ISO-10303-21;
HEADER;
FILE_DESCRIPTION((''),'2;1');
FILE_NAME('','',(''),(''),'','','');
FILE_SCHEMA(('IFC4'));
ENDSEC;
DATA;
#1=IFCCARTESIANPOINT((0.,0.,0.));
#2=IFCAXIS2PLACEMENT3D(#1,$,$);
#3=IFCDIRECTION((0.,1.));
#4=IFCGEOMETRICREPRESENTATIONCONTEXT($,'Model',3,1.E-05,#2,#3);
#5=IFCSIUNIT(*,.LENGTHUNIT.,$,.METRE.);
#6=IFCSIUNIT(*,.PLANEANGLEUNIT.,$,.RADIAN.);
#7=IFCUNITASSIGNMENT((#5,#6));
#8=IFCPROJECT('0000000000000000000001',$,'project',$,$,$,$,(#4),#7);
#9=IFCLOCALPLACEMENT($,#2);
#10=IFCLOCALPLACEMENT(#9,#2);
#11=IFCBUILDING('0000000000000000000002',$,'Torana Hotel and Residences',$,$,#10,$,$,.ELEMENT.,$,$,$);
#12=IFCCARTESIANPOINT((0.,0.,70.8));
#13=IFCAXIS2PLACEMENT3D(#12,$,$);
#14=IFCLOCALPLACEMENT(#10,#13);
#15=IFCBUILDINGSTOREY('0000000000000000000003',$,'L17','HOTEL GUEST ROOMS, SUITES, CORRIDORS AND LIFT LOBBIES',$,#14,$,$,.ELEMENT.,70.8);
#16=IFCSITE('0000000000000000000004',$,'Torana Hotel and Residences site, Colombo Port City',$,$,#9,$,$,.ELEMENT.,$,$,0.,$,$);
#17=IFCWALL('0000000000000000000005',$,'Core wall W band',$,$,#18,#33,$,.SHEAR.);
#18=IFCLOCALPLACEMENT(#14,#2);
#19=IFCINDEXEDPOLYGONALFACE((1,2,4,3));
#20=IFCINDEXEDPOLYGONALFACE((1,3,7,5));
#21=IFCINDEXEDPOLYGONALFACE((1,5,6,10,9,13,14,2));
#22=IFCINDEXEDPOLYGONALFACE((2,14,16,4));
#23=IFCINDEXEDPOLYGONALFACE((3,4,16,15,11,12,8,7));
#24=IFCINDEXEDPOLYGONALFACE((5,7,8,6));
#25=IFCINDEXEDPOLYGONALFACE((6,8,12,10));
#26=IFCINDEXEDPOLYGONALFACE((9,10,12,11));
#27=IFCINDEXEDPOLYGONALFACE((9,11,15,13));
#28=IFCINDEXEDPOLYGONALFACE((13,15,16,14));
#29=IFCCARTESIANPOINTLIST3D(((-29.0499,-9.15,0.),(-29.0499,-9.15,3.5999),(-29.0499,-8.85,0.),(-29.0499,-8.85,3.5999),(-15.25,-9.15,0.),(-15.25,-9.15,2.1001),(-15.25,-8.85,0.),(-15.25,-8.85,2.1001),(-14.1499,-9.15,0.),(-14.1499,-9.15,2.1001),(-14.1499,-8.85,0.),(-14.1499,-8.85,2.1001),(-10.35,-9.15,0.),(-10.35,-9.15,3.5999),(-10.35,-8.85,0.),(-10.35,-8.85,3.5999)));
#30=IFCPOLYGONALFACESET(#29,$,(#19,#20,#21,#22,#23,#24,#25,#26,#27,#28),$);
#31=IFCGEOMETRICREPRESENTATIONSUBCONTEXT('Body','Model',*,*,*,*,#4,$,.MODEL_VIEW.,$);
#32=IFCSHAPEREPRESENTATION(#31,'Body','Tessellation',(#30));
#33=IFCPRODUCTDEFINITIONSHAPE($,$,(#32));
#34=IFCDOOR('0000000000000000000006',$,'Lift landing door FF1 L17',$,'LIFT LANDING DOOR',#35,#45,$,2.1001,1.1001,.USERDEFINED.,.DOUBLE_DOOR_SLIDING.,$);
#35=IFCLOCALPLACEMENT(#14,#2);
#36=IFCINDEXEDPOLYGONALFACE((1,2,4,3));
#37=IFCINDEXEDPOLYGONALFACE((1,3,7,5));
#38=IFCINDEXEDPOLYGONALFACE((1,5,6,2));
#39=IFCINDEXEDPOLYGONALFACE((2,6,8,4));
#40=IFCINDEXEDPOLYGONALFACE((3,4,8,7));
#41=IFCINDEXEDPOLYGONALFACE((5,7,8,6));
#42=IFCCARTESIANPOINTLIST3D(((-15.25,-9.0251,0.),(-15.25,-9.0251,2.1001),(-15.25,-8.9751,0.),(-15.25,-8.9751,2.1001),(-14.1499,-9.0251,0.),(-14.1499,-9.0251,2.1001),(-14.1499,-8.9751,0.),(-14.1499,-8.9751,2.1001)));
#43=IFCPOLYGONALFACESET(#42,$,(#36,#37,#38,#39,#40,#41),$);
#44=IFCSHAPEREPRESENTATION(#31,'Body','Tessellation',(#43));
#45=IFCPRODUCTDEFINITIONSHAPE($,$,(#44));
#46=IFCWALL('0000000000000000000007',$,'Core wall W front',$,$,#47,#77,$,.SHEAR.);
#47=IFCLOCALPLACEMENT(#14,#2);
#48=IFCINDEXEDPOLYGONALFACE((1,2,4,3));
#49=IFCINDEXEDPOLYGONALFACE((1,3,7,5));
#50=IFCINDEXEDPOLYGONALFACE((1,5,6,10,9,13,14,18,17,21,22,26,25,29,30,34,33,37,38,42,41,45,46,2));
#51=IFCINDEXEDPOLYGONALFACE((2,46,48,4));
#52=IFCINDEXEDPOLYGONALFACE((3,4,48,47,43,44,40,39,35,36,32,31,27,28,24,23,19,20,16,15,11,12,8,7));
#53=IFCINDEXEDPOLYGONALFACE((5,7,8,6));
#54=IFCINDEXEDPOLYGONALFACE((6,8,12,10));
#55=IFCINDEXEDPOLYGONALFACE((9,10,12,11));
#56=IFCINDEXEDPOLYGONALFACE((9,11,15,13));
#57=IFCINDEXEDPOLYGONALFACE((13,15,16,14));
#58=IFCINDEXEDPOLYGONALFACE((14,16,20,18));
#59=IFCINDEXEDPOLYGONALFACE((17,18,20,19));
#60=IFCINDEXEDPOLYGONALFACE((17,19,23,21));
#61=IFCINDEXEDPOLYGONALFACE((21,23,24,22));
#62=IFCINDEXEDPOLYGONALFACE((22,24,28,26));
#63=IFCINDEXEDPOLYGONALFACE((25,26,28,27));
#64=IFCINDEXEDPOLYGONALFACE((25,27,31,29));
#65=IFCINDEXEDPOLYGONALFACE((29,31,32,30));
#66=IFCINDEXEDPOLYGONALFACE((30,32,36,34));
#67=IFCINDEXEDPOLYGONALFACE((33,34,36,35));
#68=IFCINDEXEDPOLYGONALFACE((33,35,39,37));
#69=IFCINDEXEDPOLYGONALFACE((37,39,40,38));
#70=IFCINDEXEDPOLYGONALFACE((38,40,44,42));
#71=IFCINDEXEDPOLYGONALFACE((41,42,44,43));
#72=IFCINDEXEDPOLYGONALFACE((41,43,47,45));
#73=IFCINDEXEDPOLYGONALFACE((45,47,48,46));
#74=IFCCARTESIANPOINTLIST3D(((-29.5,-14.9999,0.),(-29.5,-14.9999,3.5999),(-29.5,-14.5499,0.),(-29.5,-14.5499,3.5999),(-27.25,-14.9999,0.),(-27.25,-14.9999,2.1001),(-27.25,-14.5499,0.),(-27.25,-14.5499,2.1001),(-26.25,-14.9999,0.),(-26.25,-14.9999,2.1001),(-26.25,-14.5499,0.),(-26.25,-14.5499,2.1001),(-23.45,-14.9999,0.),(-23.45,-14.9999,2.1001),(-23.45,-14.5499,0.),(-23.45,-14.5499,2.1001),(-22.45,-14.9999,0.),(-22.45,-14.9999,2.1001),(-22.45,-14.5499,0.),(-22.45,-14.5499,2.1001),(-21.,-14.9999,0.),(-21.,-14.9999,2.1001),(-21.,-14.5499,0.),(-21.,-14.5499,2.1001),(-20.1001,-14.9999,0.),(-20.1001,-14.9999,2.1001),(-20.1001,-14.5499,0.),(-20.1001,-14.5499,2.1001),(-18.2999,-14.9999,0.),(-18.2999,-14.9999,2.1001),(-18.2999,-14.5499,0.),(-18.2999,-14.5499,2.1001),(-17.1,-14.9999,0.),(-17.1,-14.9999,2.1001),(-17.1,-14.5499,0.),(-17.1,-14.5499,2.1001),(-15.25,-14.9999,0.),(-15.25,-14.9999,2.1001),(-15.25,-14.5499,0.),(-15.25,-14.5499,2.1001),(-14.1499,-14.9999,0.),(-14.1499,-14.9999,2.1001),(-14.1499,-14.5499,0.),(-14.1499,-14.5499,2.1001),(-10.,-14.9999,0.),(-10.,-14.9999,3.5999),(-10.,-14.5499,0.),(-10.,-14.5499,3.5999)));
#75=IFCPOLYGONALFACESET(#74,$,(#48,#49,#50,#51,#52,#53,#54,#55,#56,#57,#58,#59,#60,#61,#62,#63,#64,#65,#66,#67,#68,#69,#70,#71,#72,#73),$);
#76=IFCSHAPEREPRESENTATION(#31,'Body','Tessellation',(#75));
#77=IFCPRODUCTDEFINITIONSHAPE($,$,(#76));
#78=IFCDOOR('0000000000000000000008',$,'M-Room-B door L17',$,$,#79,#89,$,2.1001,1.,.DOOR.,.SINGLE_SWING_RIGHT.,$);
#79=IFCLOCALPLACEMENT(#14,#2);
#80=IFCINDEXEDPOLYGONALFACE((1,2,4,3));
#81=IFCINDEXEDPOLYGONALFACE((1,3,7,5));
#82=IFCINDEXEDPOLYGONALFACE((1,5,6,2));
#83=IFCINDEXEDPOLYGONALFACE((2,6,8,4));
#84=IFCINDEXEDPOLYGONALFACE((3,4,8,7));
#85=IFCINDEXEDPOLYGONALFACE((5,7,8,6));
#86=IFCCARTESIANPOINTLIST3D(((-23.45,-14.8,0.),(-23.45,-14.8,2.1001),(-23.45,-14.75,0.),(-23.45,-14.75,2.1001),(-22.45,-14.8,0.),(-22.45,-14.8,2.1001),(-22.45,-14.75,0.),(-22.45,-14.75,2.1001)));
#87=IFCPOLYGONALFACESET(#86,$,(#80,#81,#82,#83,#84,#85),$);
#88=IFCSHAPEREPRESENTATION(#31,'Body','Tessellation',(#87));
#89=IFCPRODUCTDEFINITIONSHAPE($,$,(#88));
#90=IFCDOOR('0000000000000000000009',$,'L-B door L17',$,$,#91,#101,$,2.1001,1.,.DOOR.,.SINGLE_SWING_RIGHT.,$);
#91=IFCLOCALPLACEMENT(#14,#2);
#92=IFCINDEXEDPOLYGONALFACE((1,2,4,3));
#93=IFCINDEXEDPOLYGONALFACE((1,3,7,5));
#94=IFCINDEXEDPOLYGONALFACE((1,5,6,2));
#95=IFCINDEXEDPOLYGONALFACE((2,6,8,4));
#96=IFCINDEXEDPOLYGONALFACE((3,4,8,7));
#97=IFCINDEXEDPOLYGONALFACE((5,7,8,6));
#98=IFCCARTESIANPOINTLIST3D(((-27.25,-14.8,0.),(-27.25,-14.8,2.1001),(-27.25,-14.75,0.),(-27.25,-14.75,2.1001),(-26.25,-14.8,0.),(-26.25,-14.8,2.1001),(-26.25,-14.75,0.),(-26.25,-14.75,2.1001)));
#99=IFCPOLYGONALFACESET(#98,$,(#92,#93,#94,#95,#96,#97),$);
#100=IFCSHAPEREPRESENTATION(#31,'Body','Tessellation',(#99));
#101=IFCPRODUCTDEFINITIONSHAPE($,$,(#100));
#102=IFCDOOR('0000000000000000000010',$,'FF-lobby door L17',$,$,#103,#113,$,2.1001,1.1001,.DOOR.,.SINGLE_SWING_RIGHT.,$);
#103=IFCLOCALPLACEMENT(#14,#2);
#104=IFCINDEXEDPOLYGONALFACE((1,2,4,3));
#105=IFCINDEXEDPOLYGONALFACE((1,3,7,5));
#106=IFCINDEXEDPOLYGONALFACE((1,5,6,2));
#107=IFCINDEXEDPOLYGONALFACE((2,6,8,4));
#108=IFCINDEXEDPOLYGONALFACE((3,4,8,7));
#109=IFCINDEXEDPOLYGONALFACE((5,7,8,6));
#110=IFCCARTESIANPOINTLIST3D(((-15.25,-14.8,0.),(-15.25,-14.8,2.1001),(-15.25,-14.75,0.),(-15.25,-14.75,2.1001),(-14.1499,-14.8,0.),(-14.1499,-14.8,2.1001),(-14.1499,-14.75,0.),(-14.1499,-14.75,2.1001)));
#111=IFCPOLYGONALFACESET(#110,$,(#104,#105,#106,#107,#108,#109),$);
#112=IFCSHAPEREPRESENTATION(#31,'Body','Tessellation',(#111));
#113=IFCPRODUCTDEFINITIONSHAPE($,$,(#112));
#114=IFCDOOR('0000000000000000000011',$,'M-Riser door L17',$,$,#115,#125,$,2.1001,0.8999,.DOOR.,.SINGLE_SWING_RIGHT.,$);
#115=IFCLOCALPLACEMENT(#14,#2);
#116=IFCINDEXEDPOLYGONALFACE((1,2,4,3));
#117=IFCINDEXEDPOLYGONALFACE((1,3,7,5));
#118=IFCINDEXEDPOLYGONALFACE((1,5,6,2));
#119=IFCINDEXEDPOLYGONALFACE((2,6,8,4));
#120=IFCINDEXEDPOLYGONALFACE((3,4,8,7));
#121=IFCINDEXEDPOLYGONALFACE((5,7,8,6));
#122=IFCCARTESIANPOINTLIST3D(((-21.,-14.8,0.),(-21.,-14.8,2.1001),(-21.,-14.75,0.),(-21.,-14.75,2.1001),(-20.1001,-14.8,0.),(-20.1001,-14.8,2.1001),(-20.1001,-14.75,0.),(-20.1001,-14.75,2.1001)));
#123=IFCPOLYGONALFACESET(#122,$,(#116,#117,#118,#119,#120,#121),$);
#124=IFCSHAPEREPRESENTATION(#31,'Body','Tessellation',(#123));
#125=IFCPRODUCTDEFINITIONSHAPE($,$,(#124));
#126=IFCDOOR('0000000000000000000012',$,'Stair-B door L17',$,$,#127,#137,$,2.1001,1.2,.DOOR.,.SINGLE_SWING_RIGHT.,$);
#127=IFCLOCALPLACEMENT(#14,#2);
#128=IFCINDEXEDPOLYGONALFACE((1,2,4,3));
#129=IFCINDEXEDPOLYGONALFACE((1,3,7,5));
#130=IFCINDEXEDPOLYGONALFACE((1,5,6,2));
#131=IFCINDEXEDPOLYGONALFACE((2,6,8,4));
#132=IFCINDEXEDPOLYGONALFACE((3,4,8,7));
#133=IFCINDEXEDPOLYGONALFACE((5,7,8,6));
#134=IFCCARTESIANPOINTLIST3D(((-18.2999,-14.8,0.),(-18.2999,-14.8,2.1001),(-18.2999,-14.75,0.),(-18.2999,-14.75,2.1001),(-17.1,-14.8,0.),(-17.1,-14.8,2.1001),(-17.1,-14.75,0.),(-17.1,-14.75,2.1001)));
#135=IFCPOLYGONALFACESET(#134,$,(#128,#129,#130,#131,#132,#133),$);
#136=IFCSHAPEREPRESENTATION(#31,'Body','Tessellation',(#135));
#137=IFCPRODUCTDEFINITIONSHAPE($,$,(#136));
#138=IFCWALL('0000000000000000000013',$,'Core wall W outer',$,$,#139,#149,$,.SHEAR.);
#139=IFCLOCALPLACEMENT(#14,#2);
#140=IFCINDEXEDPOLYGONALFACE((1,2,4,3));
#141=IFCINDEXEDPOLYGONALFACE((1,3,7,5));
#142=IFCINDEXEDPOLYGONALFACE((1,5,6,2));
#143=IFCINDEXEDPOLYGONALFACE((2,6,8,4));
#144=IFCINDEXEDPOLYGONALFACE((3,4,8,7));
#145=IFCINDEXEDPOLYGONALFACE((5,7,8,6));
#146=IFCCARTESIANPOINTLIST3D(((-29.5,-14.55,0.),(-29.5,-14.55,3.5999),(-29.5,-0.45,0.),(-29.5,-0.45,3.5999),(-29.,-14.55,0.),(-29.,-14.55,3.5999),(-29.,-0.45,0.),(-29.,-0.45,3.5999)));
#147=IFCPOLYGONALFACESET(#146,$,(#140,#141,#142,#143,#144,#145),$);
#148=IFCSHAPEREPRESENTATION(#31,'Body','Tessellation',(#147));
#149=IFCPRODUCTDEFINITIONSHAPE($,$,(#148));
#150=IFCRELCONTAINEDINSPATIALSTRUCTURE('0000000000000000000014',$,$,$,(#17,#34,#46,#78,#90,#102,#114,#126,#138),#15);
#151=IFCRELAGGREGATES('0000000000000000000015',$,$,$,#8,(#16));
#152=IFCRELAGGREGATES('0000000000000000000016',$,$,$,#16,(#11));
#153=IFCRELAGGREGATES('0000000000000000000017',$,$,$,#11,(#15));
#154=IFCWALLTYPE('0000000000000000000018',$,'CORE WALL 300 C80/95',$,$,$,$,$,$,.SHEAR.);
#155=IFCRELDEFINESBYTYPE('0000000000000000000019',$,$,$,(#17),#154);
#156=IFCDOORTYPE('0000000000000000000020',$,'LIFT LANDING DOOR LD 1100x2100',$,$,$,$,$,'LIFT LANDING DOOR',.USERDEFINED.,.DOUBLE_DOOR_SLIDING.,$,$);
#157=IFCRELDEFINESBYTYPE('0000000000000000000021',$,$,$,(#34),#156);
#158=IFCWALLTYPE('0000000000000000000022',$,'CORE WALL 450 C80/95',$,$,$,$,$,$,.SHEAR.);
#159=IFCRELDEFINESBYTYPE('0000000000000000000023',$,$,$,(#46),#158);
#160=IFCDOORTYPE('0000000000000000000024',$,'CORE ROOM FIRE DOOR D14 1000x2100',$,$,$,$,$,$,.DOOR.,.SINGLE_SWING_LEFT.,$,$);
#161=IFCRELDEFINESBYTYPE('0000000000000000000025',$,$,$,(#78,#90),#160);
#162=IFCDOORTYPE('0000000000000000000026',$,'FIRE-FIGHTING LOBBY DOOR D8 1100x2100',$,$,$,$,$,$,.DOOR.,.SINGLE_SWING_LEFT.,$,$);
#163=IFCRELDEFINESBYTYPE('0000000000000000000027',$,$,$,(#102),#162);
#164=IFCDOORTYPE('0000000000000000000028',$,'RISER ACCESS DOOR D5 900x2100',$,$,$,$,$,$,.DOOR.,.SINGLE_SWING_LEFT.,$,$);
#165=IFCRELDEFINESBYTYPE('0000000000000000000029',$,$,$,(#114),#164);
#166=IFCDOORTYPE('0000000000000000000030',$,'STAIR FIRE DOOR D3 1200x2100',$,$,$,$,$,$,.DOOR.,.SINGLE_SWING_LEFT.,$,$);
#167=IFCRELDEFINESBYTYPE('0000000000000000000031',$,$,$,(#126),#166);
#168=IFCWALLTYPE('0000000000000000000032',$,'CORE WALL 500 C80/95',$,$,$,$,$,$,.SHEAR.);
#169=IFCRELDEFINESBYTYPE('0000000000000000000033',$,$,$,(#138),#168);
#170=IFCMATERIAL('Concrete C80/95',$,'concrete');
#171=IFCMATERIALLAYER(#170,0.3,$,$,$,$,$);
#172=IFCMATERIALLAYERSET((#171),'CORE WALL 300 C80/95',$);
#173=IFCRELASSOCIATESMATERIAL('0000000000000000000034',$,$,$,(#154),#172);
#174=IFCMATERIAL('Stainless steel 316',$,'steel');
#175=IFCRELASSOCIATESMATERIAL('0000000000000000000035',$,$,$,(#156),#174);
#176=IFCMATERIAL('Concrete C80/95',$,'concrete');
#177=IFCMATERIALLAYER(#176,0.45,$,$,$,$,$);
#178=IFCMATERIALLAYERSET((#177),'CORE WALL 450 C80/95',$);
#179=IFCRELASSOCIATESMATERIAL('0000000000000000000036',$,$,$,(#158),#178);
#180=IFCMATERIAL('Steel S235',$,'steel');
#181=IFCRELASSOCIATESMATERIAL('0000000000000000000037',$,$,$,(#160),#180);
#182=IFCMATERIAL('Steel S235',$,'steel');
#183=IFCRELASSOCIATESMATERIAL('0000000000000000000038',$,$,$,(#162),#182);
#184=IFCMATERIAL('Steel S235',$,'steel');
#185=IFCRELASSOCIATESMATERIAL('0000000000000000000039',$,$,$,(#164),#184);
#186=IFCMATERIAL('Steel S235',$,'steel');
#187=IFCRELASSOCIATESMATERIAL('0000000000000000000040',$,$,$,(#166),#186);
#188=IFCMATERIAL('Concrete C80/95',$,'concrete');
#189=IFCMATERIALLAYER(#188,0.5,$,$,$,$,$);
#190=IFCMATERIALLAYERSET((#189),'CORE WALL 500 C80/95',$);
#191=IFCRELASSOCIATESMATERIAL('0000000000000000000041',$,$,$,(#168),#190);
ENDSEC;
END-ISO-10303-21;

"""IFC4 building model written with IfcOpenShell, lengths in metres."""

from ifc_helpers import new_model, si_unit, direction, frame, frame_2d, origin, place, context, subcontext, project, spatial, rectangle, extrude, material, layer, layer_set, type_object, element, fill, save


model = new_model("IFC4")

# Units and contexts
model_context = context("Model", 3, precision=1e-05, world=origin(), true_north=direction((0.0, 1.0)))
body_context = subcontext(model_context, "Body", "Model", "MODEL_VIEW")
ifc_project = project(units=[si_unit("LENGTHUNIT", "METRE"), si_unit("PLANEANGLEUNIT", "RADIAN")], contexts=[model_context])

# Site, building, storey
site_placement = place(None, origin())
site = spatial("IfcSite", under=ifc_project, at=site_placement, Name="Torana Hotel and Residences site, Colombo Port City", CompositionType="ELEMENT", RefElevation=0.0)
building_placement = place(site_placement, origin())
building = spatial("IfcBuilding", under=site, at=building_placement, Name="Torana Hotel and Residences", CompositionType="ELEMENT")
storey_placement = place(building_placement, frame((0.0, 0.0, 70.8)))
storey = spatial("IfcBuildingStorey", under=building, at=storey_placement, Name="L17", Description="HOTEL GUEST ROOMS, SUITES, CORRIDORS AND LIFT LOBBIES", CompositionType="ELEMENT", Elevation=70.8)

# Wall, opening, door
ifc_material_1 = material(Name="Concrete C80/95", Category="concrete")
ifc_layer_1 = layer(ifc_material_1, 0.3)
ifc_layer_set_1 = layer_set([ifc_layer_1], Name="CORE WALL 300 C80/95")
wall_type_1 = type_object("IfcWallType", Name="CORE WALL 300 C80/95", PredefinedType="SHEAR", material=ifc_layer_set_1)
wall_1_placement = place(storey_placement, frame((-29.05, -9.0, 0.0), z_axis=(0.0, 0.0, 1.0), x_axis=(1.0, 0.0, 0.0)))
wall_1 = element("IfcWall", 1, at=wall_1_placement, inside=storey, type_object=wall_type_1, Name="Core wall W band", PredefinedType="SHEAR", context=body_context, shape_type="SweptSolid", body=[
    extrude(rectangle(XDim=18.7, YDim=0.3, at=frame_2d((9.3501, 0.0))), origin(), (0.0, 0.0, 1.0), 3.5999),
])
opening_1_placement = place(wall_1_placement, frame((13.8, 0.0, 0.0)))
opening_1 = element("IfcOpeningElement", 2, at=opening_1_placement, cuts=wall_1, PredefinedType="OPENING", context=body_context, shape_type="SweptSolid", body=[
    extrude(rectangle(XDim=1.1001, YDim=2.1001, at=frame_2d((0.55, 1.05))), frame((0.0, 0.1599, 0.0), z_axis=(0.0, -1.0, 0.0), x_axis=(1.0, 0.0, 0.0)), (0.0, 0.0, 1.0), 0.3201),
])
ifc_material_2 = material(Name="Stainless steel 316", Category="steel")
door_type_1 = type_object("IfcDoorType", Name="LIFT LANDING DOOR LD 1100x2100", ElementType="LIFT LANDING DOOR", OperationType="DOUBLE_DOOR_SLIDING", PredefinedType="USERDEFINED", material=ifc_material_2)
door_1_placement = place(opening_1_placement, origin())
door_1 = element("IfcDoor", 3, at=door_1_placement, inside=storey, type_object=door_type_1, Name="Lift landing door FF1 L17", ObjectType="LIFT LANDING DOOR", OperationType="DOUBLE_DOOR_SLIDING", OverallHeight=2.1001, OverallWidth=1.1001, PredefinedType="USERDEFINED", context=body_context, shape_type="SweptSolid", body=[
    extrude(rectangle(XDim=1.1001, YDim=2.1001, at=frame_2d((0.55, 1.05))), frame((0.0, 0.0249, 0.0), z_axis=(0.0, -1.0, 0.0), x_axis=(1.0, 0.0, 0.0)), (0.0, 0.0, 1.0), 0.05),
])
fill(opening_1, door_1)

# Wall, openings, doors
ifc_material_3 = material(Name="Concrete C80/95", Category="concrete")
ifc_layer_2 = layer(ifc_material_3, 0.45)
ifc_layer_set_2 = layer_set([ifc_layer_2], Name="CORE WALL 450 C80/95")
wall_type_2 = type_object("IfcWallType", Name="CORE WALL 450 C80/95", PredefinedType="SHEAR", material=ifc_layer_set_2)
wall_2_placement = place(storey_placement, frame((-29.5, -14.7749, 0.0), z_axis=(0.0, 0.0, 1.0), x_axis=(1.0, 0.0, 0.0)))
wall_2 = element("IfcWall", 4, at=wall_2_placement, inside=storey, type_object=wall_type_2, Name="Core wall W front", PredefinedType="SHEAR", context=body_context, shape_type="SweptSolid", body=[
    extrude(rectangle(XDim=19.5, YDim=0.45, at=frame_2d((9.75, 0.0))), origin(), (0.0, 0.0, 1.0), 3.5999),
])
opening_2_placement = place(wall_2_placement, frame((11.2, 0.0, 0.0)))
opening_2 = element("IfcOpeningElement", 5, at=opening_2_placement, cuts=wall_2, PredefinedType="OPENING", context=body_context, shape_type="SweptSolid", body=[
    extrude(rectangle(XDim=1.2, YDim=2.1001, at=frame_2d((0.6001, 1.05))), frame((0.0, 0.2349, 0.0), z_axis=(0.0, -1.0, 0.0), x_axis=(1.0, 0.0, 0.0)), (0.0, 0.0, 1.0), 0.47),
])
opening_3_placement = place(wall_2_placement, frame((14.25, 0.0, 0.0)))
opening_3 = element("IfcOpeningElement", 6, at=opening_3_placement, cuts=wall_2, PredefinedType="OPENING", context=body_context, shape_type="SweptSolid", body=[
    extrude(rectangle(XDim=1.1001, YDim=2.1001, at=frame_2d((0.55, 1.05))), frame((0.0, 0.2349, 0.0), z_axis=(0.0, -1.0, 0.0), x_axis=(1.0, 0.0, 0.0)), (0.0, 0.0, 1.0), 0.47),
])
opening_4_placement = place(wall_2_placement, frame((8.5, 0.0, 0.0)))
opening_4 = element("IfcOpeningElement", 7, at=opening_4_placement, cuts=wall_2, PredefinedType="OPENING", context=body_context, shape_type="SweptSolid", body=[
    extrude(rectangle(XDim=0.8999, YDim=2.1001, at=frame_2d((0.45, 1.05))), frame((0.0, 0.2349, 0.0), z_axis=(0.0, -1.0, 0.0), x_axis=(1.0, 0.0, 0.0)), (0.0, 0.0, 1.0), 0.47),
])
opening_5_placement = place(wall_2_placement, frame((6.05, 0.0, 0.0)))
opening_5 = element("IfcOpeningElement", 8, at=opening_5_placement, cuts=wall_2, PredefinedType="OPENING", context=body_context, shape_type="SweptSolid", body=[
    extrude(rectangle(XDim=1.0, YDim=2.1001, at=frame_2d((0.5, 1.05))), frame((0.0, 0.2349, 0.0), z_axis=(0.0, -1.0, 0.0), x_axis=(1.0, 0.0, 0.0)), (0.0, 0.0, 1.0), 0.47),
])
opening_6_placement = place(wall_2_placement, frame((2.25, 0.0, 0.0)))
opening_6 = element("IfcOpeningElement", 9, at=opening_6_placement, cuts=wall_2, PredefinedType="OPENING", context=body_context, shape_type="SweptSolid", body=[
    extrude(rectangle(XDim=1.0, YDim=2.1001, at=frame_2d((0.5, 1.05))), frame((0.0, 0.2349, 0.0), z_axis=(0.0, -1.0, 0.0), x_axis=(1.0, 0.0, 0.0)), (0.0, 0.0, 1.0), 0.47),
])
ifc_material_4 = material(Name="Steel S235", Category="steel")
door_type_2 = type_object("IfcDoorType", Name="CORE ROOM FIRE DOOR D14 1000x2100", OperationType="SINGLE_SWING_LEFT", PredefinedType="DOOR", material=ifc_material_4)
door_2_placement = place(opening_5_placement, origin())
door_2 = element("IfcDoor", 10, at=door_2_placement, inside=storey, type_object=door_type_2, Name="M-Room-B door L17", OperationType="SINGLE_SWING_RIGHT", OverallHeight=2.1001, OverallWidth=1.0, PredefinedType="DOOR", context=body_context, shape_type="SweptSolid", body=[
    extrude(rectangle(XDim=1.0, YDim=2.1001, at=frame_2d((0.5, 1.05))), frame((0.0, 0.0249, 0.0), z_axis=(0.0, -1.0, 0.0), x_axis=(1.0, 0.0, 0.0)), (0.0, 0.0, 1.0), 0.05),
])
fill(opening_5, door_2)
door_3_placement = place(opening_6_placement, origin())
door_3 = element("IfcDoor", 11, at=door_3_placement, inside=storey, type_object=door_type_2, Name="L-B door L17", OperationType="SINGLE_SWING_RIGHT", OverallHeight=2.1001, OverallWidth=1.0, PredefinedType="DOOR", context=body_context, shape_type="SweptSolid", body=[
    extrude(rectangle(XDim=1.0, YDim=2.1001, at=frame_2d((0.5, 1.05))), frame((0.0, 0.0249, 0.0), z_axis=(0.0, -1.0, 0.0), x_axis=(1.0, 0.0, 0.0)), (0.0, 0.0, 1.0), 0.05),
])
fill(opening_6, door_3)
ifc_material_5 = material(Name="Steel S235", Category="steel")
door_type_3 = type_object("IfcDoorType", Name="FIRE-FIGHTING LOBBY DOOR D8 1100x2100", OperationType="SINGLE_SWING_LEFT", PredefinedType="DOOR", material=ifc_material_5)
door_4_placement = place(opening_3_placement, origin())
door_4 = element("IfcDoor", 12, at=door_4_placement, inside=storey, type_object=door_type_3, Name="FF-lobby door L17", OperationType="SINGLE_SWING_RIGHT", OverallHeight=2.1001, OverallWidth=1.1001, PredefinedType="DOOR", context=body_context, shape_type="SweptSolid", body=[
    extrude(rectangle(XDim=1.1001, YDim=2.1001, at=frame_2d((0.55, 1.05))), frame((0.0, 0.0249, 0.0), z_axis=(0.0, -1.0, 0.0), x_axis=(1.0, 0.0, 0.0)), (0.0, 0.0, 1.0), 0.05),
])
fill(opening_3, door_4)
ifc_material_6 = material(Name="Steel S235", Category="steel")
door_type_4 = type_object("IfcDoorType", Name="RISER ACCESS DOOR D5 900x2100", OperationType="SINGLE_SWING_LEFT", PredefinedType="DOOR", material=ifc_material_6)
door_5_placement = place(opening_4_placement, origin())
door_5 = element("IfcDoor", 13, at=door_5_placement, inside=storey, type_object=door_type_4, Name="M-Riser door L17", OperationType="SINGLE_SWING_RIGHT", OverallHeight=2.1001, OverallWidth=0.8999, PredefinedType="DOOR", context=body_context, shape_type="SweptSolid", body=[
    extrude(rectangle(XDim=0.8999, YDim=2.1001, at=frame_2d((0.45, 1.05))), frame((0.0, 0.0249, 0.0), z_axis=(0.0, -1.0, 0.0), x_axis=(1.0, 0.0, 0.0)), (0.0, 0.0, 1.0), 0.05),
])
fill(opening_4, door_5)
ifc_material_7 = material(Name="Steel S235", Category="steel")
door_type_5 = type_object("IfcDoorType", Name="STAIR FIRE DOOR D3 1200x2100", OperationType="SINGLE_SWING_LEFT", PredefinedType="DOOR", material=ifc_material_7)
door_6_placement = place(opening_2_placement, origin())
door_6 = element("IfcDoor", 14, at=door_6_placement, inside=storey, type_object=door_type_5, Name="Stair-B door L17", OperationType="SINGLE_SWING_RIGHT", OverallHeight=2.1001, OverallWidth=1.2, PredefinedType="DOOR", context=body_context, shape_type="SweptSolid", body=[
    extrude(rectangle(XDim=1.2, YDim=2.1001, at=frame_2d((0.6001, 1.05))), frame((0.0, 0.0249, 0.0), z_axis=(0.0, -1.0, 0.0), x_axis=(1.0, 0.0, 0.0)), (0.0, 0.0, 1.0), 0.05),
])
fill(opening_2, door_6)

# Wall
ifc_material_8 = material(Name="Concrete C80/95", Category="concrete")
ifc_layer_3 = layer(ifc_material_8, 0.5)
ifc_layer_set_3 = layer_set([ifc_layer_3], Name="CORE WALL 500 C80/95")
wall_type_3 = type_object("IfcWallType", Name="CORE WALL 500 C80/95", PredefinedType="SHEAR", material=ifc_layer_set_3)
wall_3_placement = place(storey_placement, frame((-29.25, -14.55, 0.0), z_axis=(0.0, 0.0, 1.0), x_axis=(0.0, 1.0, 0.0)))
element("IfcWall", 15, at=wall_3_placement, inside=storey, type_object=wall_type_3, Name="Core wall W outer", PredefinedType="SHEAR", context=body_context, shape_type="SweptSolid", body=[
    extrude(rectangle(XDim=14.1001, YDim=0.5, at=frame_2d((7.05, 0.0))), origin(), (0.0, 0.0, 1.0), 3.5999),
])

save(model, "model.ifc")
